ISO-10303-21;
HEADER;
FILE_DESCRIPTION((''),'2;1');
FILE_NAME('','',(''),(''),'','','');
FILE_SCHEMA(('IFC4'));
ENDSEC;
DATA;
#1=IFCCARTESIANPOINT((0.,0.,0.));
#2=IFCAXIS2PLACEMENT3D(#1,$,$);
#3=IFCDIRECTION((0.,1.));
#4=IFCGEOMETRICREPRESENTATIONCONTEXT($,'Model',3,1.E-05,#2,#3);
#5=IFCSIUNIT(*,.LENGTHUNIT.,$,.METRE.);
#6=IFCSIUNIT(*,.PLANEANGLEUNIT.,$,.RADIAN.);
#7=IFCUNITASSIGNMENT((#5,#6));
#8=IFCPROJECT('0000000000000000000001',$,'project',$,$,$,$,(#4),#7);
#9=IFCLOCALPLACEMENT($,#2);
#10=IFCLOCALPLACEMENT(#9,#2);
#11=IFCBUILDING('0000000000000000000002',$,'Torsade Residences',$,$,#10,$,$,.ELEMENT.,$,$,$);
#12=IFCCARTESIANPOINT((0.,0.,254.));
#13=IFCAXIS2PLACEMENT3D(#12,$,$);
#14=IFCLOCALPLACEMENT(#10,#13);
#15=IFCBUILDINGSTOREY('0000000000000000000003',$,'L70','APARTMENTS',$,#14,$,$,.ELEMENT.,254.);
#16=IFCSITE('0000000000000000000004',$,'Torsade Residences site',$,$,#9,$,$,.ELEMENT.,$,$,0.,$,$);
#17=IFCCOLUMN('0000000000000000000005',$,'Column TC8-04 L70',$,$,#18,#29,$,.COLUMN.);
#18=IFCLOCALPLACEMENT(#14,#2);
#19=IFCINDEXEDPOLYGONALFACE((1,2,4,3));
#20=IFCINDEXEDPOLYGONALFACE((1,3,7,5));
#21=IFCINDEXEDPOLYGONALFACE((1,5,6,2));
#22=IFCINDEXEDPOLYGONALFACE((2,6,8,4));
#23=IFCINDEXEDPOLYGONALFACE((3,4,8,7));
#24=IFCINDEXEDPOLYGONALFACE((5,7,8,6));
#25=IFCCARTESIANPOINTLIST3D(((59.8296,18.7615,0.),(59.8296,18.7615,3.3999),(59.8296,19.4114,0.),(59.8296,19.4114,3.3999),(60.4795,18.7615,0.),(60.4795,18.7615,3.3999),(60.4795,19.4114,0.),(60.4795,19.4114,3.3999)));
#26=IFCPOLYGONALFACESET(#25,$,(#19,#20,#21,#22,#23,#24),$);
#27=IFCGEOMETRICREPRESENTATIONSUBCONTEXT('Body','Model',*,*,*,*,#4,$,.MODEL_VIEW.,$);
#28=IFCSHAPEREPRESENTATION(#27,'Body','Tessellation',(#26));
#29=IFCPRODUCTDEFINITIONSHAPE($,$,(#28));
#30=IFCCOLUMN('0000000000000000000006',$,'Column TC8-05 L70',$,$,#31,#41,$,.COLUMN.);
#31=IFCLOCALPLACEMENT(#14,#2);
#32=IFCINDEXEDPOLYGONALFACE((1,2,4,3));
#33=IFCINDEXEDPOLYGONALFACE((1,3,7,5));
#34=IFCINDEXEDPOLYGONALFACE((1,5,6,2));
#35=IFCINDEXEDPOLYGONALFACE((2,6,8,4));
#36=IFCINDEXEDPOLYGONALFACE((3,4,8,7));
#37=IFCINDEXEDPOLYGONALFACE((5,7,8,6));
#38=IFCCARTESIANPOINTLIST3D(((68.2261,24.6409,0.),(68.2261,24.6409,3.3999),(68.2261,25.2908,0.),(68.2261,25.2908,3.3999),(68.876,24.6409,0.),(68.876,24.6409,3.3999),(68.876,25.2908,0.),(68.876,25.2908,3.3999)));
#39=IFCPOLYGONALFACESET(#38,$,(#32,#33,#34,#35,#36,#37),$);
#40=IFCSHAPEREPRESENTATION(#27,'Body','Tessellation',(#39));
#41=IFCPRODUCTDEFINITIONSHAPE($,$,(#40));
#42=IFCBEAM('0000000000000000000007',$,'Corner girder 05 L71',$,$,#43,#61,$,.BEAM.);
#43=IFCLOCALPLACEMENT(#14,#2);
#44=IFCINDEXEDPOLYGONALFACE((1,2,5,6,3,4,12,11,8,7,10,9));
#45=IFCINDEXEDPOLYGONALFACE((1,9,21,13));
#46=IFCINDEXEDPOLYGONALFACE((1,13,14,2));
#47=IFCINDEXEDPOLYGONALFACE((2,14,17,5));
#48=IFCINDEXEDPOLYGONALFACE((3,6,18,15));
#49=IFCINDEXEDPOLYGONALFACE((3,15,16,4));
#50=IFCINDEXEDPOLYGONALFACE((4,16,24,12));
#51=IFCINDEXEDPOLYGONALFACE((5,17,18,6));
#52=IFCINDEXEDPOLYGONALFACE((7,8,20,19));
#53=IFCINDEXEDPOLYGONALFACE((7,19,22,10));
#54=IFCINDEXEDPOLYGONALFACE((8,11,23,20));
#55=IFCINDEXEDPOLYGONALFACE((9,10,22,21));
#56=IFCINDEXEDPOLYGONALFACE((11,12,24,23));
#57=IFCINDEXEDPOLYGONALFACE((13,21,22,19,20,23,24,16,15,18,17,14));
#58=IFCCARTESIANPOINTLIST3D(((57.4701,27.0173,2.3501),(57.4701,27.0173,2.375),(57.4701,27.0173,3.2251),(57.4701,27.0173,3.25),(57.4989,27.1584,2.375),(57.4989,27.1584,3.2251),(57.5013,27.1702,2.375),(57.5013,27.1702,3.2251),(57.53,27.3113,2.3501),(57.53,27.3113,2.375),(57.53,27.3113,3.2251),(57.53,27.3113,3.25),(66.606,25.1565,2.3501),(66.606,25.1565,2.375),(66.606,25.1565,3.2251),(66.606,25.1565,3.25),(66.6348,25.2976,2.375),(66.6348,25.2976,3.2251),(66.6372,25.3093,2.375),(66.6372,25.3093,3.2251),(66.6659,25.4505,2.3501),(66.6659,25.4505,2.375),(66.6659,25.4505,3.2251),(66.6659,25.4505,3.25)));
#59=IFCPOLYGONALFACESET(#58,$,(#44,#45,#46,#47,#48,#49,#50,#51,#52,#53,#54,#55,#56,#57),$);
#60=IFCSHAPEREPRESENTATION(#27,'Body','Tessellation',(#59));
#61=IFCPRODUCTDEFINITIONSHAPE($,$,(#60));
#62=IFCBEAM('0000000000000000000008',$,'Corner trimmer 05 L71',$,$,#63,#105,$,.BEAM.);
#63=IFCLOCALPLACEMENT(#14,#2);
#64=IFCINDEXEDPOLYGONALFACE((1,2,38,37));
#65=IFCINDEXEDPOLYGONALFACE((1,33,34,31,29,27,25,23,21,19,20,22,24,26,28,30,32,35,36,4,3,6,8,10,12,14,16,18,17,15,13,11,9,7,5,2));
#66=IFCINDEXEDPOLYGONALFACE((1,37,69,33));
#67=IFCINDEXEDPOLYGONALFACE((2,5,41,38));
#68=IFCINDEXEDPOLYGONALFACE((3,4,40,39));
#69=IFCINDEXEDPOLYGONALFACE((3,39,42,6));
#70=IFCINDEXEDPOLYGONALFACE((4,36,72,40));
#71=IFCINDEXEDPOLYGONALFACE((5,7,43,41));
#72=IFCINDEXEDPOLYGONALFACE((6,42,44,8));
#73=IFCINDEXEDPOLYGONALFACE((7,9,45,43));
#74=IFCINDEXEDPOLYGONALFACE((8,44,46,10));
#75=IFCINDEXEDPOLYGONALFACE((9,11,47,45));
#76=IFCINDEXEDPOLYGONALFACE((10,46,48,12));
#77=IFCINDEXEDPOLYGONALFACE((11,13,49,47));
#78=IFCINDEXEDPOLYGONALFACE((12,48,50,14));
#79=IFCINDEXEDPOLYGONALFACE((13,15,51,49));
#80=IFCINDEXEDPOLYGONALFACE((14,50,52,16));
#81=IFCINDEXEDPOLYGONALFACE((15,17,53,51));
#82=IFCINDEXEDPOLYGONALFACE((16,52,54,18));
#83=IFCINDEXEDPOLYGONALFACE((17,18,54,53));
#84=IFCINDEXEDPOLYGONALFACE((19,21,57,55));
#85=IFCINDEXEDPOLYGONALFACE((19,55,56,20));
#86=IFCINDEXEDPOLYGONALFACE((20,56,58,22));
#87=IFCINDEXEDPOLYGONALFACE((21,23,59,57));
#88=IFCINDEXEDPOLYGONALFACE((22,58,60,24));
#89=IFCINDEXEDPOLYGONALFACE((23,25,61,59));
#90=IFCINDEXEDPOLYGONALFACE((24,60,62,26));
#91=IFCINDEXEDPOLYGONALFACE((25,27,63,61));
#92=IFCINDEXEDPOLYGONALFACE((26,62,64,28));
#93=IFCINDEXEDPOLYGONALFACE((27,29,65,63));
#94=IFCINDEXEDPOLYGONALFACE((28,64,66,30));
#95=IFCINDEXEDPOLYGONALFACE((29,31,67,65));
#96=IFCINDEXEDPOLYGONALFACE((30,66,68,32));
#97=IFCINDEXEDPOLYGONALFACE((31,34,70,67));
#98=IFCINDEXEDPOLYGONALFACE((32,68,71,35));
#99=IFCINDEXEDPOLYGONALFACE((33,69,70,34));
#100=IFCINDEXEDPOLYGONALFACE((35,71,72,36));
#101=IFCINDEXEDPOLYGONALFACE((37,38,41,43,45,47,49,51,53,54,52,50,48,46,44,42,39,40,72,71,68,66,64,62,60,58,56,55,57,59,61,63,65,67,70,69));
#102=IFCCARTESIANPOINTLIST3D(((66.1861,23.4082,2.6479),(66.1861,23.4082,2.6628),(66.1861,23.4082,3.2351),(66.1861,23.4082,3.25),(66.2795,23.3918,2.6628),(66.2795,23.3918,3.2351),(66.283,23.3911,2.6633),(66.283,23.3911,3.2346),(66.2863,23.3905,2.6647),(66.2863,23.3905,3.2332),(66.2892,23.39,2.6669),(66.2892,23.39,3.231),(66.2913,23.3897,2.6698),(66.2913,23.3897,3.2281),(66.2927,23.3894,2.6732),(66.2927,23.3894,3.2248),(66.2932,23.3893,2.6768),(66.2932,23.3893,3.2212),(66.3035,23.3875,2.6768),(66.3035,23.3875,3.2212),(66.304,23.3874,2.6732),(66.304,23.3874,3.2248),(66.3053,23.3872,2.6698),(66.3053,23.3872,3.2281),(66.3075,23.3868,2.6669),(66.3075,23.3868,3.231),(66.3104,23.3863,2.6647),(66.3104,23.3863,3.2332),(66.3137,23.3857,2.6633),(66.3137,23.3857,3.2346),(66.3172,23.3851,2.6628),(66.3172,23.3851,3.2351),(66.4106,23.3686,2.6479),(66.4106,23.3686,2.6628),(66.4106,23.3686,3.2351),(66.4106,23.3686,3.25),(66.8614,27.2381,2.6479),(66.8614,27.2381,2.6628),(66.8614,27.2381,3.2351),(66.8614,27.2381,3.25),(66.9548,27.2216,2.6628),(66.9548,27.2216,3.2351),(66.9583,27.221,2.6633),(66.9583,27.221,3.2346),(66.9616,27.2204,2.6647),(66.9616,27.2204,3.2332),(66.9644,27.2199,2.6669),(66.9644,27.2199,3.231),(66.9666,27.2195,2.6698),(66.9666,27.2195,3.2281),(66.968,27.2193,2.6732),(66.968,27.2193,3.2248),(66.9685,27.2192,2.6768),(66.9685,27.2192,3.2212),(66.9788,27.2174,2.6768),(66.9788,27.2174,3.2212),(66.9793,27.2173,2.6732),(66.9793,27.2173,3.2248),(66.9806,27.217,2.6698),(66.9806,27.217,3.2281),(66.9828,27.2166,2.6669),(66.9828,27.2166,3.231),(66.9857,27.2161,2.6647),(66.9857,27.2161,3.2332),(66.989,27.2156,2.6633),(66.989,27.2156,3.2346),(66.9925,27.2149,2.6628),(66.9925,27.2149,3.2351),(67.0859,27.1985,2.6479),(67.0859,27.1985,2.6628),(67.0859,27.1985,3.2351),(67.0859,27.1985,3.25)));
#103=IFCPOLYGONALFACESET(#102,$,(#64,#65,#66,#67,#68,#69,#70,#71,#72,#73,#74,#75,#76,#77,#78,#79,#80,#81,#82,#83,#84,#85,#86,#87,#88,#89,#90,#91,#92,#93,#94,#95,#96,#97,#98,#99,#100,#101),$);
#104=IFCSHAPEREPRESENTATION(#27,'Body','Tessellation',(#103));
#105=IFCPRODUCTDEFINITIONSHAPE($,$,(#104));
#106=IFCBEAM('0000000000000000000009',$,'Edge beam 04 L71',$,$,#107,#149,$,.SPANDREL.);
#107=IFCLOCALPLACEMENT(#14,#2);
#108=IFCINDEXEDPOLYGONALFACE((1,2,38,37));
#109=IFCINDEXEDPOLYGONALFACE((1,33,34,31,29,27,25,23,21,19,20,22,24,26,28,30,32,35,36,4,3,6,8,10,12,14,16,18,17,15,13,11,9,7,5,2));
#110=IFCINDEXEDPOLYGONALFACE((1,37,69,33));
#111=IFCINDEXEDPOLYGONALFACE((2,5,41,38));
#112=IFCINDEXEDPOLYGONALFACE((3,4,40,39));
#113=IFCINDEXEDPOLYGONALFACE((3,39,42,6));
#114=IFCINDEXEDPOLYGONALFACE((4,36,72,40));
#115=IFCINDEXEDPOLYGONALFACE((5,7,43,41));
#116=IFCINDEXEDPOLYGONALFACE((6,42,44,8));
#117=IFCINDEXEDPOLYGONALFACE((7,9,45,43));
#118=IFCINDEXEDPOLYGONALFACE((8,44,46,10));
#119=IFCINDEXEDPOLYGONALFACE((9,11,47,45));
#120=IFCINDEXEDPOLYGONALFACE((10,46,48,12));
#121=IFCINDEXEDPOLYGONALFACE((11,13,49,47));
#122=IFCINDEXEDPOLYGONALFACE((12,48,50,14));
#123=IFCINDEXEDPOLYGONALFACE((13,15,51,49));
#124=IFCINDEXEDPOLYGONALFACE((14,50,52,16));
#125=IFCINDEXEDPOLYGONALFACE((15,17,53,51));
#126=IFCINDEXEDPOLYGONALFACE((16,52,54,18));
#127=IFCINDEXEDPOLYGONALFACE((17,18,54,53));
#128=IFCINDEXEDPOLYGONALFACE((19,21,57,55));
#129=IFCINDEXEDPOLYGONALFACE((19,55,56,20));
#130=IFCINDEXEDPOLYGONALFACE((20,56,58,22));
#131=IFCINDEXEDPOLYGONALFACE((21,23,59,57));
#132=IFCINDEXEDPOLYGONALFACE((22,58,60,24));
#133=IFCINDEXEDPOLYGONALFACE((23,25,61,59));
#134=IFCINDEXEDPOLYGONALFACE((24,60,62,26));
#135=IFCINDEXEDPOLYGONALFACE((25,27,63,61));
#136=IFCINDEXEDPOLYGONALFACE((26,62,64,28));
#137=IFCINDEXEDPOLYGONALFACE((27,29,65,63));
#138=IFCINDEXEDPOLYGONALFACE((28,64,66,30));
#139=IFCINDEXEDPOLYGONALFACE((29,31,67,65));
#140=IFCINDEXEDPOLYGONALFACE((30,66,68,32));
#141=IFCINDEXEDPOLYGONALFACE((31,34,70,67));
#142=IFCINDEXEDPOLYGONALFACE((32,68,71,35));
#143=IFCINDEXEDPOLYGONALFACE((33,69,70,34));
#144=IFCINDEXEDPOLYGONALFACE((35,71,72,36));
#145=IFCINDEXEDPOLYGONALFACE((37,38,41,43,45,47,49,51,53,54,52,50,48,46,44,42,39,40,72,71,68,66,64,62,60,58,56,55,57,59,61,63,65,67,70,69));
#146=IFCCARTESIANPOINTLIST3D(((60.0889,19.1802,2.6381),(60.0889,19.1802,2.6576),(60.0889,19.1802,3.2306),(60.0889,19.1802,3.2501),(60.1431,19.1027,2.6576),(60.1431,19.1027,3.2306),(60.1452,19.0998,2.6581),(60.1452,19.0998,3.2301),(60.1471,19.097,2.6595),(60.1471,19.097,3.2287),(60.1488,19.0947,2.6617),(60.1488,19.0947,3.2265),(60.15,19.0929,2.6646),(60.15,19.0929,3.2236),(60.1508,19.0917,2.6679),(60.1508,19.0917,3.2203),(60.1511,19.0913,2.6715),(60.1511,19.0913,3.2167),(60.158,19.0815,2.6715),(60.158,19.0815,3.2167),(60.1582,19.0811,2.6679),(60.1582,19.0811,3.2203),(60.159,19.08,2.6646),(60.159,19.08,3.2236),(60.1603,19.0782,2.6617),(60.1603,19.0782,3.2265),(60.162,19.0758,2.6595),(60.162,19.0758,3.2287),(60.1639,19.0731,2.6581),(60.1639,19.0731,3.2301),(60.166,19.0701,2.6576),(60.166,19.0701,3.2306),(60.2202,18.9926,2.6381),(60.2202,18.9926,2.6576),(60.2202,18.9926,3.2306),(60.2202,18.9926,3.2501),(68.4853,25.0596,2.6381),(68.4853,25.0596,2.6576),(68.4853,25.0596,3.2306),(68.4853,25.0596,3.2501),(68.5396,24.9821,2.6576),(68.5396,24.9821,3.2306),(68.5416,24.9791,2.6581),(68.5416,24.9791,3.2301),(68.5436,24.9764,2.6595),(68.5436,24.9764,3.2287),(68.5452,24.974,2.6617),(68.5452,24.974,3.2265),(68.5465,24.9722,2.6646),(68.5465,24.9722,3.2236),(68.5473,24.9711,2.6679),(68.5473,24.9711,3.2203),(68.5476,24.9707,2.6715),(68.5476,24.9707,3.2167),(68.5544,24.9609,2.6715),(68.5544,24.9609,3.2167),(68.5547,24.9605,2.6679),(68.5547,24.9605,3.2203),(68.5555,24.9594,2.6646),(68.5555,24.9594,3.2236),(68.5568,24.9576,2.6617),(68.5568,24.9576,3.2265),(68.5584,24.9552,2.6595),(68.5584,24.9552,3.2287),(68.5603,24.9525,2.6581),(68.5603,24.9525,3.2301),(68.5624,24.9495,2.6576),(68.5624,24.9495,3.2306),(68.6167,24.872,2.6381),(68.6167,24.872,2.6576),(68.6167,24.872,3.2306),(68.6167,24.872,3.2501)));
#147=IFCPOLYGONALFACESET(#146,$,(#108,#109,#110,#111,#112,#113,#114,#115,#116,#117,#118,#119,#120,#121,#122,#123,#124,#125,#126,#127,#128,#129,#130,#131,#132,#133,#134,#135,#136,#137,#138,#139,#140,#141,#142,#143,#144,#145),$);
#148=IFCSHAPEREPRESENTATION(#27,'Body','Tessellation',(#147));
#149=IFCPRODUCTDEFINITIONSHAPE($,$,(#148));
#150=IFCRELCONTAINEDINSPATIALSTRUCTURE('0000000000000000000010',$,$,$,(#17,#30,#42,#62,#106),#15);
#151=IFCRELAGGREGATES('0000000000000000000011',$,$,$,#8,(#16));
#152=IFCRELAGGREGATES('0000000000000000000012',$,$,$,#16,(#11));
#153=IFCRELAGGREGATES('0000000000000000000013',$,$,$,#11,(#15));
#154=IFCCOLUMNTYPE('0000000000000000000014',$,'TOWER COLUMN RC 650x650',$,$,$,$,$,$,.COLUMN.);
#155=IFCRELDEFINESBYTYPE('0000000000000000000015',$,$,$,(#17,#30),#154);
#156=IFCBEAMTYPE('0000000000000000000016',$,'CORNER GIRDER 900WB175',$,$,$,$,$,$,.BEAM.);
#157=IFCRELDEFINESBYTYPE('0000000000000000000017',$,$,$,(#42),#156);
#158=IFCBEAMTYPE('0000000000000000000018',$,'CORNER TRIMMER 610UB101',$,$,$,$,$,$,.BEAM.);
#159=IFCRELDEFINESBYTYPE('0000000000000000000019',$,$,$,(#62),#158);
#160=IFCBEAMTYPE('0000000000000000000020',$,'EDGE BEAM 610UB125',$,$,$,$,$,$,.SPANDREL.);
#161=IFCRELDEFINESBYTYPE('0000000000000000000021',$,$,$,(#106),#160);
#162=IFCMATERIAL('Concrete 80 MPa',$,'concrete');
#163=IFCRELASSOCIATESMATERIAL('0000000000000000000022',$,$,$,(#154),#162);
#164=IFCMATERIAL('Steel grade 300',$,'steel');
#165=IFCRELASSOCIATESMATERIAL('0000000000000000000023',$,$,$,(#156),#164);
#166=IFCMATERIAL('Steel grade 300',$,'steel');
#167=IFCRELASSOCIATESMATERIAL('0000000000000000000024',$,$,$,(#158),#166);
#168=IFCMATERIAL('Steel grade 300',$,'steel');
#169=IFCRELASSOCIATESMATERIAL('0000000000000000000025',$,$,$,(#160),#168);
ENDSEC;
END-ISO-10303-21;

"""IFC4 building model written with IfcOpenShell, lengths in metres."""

from ifc_helpers import new_model, si_unit, direction, frame, origin, origin_2d, place, context, subcontext, project, spatial, rectangle, i_section, extrude, material, material_profile, profile_set, type_object, element, save


model = new_model("IFC4")

# Units and contexts
model_context = context("Model", 3, precision=1e-05, world=origin(), true_north=direction((0.0, 1.0)))
body_context = subcontext(model_context, "Body", "Model", "MODEL_VIEW")
ifc_project = project(units=[si_unit("LENGTHUNIT", "METRE"), si_unit("PLANEANGLEUNIT", "RADIAN")], contexts=[model_context])

# Site, building, storey
site_placement = place(None, origin())
site = spatial("IfcSite", under=ifc_project, at=site_placement, Name="Torsade Residences site", CompositionType="ELEMENT", RefElevation=0.0)
building_placement = place(site_placement, origin())
building = spatial("IfcBuilding", under=site, at=building_placement, Name="Torsade Residences", CompositionType="ELEMENT")
storey_placement = place(building_placement, frame((0.0, 0.0, 254.0)))
storey = spatial("IfcBuildingStorey", under=building, at=storey_placement, Name="L70", Description="APARTMENTS", CompositionType="ELEMENT", Elevation=254.0)

# Columns
ifc_material_1 = material(Name="Concrete 80 MPa", Category="concrete")
ifc_material_profile_1 = material_profile(ifc_material_1, rectangle(XDim=0.6499, YDim=0.6499, at=origin_2d()), Name="RC 650x650")
ifc_profile_set_1 = profile_set([ifc_material_profile_1], Name="Concrete 80 MPa")
column_type = type_object("IfcColumnType", Name="TOWER COLUMN RC 650x650", PredefinedType="COLUMN", material=ifc_profile_set_1)
for number, where, z_axis, x_axis, name in (
    (1, (60.1545, 19.0864, 0.0), (0.0, 0.0, 1.0), (1.0, 0.0, 0.0), "Column TC8-04 L70"),
    (2, (68.551, 24.9658, 0.0), (0.0, 0.0, 1.0), (1.0, 0.0, 0.0), "Column TC8-05 L70"),
):
    element("IfcColumn", number, at=place(storey_placement, frame(where, z_axis=z_axis, x_axis=x_axis)), inside=storey, type_object=column_type, Name=name, PredefinedType="COLUMN", context=body_context, shape_type="SweptSolid", body=[
        extrude(rectangle(XDim=0.6499, YDim=0.6499, at=origin_2d()), origin(), (0.0, 0.0, 1.0), 3.3999),
    ])

# Beams
ifc_material_2 = material(Name="Steel grade 300", Category="steel")
ifc_material_profile_2 = material_profile(ifc_material_2, i_section(OverallWidth=0.3, OverallDepth=0.8999, WebThickness=0.012, FlangeThickness=0.0249, at=origin_2d()), Name="900WB175")
ifc_profile_set_2 = profile_set([ifc_material_profile_2], Name="Steel grade 300")
beam_type_1 = type_object("IfcBeamType", Name="CORNER GIRDER 900WB175", PredefinedType="BEAM", material=ifc_profile_set_2)
beam_1_placement = place(storey_placement, frame((66.636, 25.3035, 2.8), z_axis=(-0.979881, 0.199584, 0.0), x_axis=(-0.199584, -0.979881, 0.0)))
element("IfcBeam", 3, at=beam_1_placement, inside=storey, type_object=beam_type_1, Name="Corner girder 05 L71", PredefinedType="BEAM", context=body_context, shape_type="SweptSolid", body=[
    extrude(i_section(OverallWidth=0.3, OverallDepth=0.8999, WebThickness=0.012, FlangeThickness=0.0249, at=origin_2d()), origin(), (0.0, 0.0, 1.0), 9.3235),
])
ifc_material_3 = material(Name="Steel grade 300", Category="steel")
ifc_material_profile_3 = material_profile(ifc_material_3, i_section(OverallWidth=0.228, OverallDepth=0.6021, WebThickness=0.0105, FlangeThickness=0.0149, FilletRadius=0.0139, at=origin_2d()), Name="610UB101")
ifc_profile_set_3 = profile_set([ifc_material_profile_3], Name="Steel grade 300")
beam_type_2 = type_object("IfcBeamType", Name="CORNER TRIMMER 610UB101", PredefinedType="BEAM", material=ifc_profile_set_3)
beam_2_placement = place(storey_placement, frame((66.9736, 27.2183, 2.949), z_axis=(-0.173646, -0.984808, 0.0), x_axis=(0.984808, -0.173646, 0.0)))
element("IfcBeam", 4, at=beam_2_placement, inside=storey, type_object=beam_type_2, Name="Corner trimmer 05 L71", PredefinedType="BEAM", context=body_context, shape_type="SweptSolid", body=[
    extrude(i_section(OverallWidth=0.228, OverallDepth=0.6021, WebThickness=0.0105, FlangeThickness=0.0149, FilletRadius=0.0139, at=origin_2d()), origin(), (0.0, 0.0, 1.0), 3.8889),
])
ifc_material_4 = material(Name="Steel grade 300", Category="steel")
ifc_material_profile_4 = material_profile(ifc_material_4, i_section(OverallWidth=0.229, OverallDepth=0.6121, WebThickness=0.012, FlangeThickness=0.0195, FilletRadius=0.0139, at=origin_2d()), Name="610UB125")
ifc_profile_set_4 = profile_set([ifc_material_profile_4], Name="Steel grade 300")
beam_type_3 = type_object("IfcBeamType", Name="EDGE BEAM 610UB125", PredefinedType="SPANDREL", material=ifc_profile_set_4)
beam_3_placement = place(storey_placement, frame((60.1545, 19.0864, 2.9441), z_axis=(0.819147, 0.573584, 0.0), x_axis=(-0.573584, 0.819147, 0.0)))
element("IfcBeam", 5, at=beam_3_placement, inside=storey, type_object=beam_type_3, Name="Edge beam 04 L71", PredefinedType="SPANDREL", context=body_context, shape_type="SweptSolid", body=[
    extrude(i_section(OverallWidth=0.229, OverallDepth=0.6121, WebThickness=0.012, FlangeThickness=0.0195, FilletRadius=0.0139, at=origin_2d()), origin(), (0.0, 0.0, 1.0), 10.2502),
])

save(model, "model.ifc")
